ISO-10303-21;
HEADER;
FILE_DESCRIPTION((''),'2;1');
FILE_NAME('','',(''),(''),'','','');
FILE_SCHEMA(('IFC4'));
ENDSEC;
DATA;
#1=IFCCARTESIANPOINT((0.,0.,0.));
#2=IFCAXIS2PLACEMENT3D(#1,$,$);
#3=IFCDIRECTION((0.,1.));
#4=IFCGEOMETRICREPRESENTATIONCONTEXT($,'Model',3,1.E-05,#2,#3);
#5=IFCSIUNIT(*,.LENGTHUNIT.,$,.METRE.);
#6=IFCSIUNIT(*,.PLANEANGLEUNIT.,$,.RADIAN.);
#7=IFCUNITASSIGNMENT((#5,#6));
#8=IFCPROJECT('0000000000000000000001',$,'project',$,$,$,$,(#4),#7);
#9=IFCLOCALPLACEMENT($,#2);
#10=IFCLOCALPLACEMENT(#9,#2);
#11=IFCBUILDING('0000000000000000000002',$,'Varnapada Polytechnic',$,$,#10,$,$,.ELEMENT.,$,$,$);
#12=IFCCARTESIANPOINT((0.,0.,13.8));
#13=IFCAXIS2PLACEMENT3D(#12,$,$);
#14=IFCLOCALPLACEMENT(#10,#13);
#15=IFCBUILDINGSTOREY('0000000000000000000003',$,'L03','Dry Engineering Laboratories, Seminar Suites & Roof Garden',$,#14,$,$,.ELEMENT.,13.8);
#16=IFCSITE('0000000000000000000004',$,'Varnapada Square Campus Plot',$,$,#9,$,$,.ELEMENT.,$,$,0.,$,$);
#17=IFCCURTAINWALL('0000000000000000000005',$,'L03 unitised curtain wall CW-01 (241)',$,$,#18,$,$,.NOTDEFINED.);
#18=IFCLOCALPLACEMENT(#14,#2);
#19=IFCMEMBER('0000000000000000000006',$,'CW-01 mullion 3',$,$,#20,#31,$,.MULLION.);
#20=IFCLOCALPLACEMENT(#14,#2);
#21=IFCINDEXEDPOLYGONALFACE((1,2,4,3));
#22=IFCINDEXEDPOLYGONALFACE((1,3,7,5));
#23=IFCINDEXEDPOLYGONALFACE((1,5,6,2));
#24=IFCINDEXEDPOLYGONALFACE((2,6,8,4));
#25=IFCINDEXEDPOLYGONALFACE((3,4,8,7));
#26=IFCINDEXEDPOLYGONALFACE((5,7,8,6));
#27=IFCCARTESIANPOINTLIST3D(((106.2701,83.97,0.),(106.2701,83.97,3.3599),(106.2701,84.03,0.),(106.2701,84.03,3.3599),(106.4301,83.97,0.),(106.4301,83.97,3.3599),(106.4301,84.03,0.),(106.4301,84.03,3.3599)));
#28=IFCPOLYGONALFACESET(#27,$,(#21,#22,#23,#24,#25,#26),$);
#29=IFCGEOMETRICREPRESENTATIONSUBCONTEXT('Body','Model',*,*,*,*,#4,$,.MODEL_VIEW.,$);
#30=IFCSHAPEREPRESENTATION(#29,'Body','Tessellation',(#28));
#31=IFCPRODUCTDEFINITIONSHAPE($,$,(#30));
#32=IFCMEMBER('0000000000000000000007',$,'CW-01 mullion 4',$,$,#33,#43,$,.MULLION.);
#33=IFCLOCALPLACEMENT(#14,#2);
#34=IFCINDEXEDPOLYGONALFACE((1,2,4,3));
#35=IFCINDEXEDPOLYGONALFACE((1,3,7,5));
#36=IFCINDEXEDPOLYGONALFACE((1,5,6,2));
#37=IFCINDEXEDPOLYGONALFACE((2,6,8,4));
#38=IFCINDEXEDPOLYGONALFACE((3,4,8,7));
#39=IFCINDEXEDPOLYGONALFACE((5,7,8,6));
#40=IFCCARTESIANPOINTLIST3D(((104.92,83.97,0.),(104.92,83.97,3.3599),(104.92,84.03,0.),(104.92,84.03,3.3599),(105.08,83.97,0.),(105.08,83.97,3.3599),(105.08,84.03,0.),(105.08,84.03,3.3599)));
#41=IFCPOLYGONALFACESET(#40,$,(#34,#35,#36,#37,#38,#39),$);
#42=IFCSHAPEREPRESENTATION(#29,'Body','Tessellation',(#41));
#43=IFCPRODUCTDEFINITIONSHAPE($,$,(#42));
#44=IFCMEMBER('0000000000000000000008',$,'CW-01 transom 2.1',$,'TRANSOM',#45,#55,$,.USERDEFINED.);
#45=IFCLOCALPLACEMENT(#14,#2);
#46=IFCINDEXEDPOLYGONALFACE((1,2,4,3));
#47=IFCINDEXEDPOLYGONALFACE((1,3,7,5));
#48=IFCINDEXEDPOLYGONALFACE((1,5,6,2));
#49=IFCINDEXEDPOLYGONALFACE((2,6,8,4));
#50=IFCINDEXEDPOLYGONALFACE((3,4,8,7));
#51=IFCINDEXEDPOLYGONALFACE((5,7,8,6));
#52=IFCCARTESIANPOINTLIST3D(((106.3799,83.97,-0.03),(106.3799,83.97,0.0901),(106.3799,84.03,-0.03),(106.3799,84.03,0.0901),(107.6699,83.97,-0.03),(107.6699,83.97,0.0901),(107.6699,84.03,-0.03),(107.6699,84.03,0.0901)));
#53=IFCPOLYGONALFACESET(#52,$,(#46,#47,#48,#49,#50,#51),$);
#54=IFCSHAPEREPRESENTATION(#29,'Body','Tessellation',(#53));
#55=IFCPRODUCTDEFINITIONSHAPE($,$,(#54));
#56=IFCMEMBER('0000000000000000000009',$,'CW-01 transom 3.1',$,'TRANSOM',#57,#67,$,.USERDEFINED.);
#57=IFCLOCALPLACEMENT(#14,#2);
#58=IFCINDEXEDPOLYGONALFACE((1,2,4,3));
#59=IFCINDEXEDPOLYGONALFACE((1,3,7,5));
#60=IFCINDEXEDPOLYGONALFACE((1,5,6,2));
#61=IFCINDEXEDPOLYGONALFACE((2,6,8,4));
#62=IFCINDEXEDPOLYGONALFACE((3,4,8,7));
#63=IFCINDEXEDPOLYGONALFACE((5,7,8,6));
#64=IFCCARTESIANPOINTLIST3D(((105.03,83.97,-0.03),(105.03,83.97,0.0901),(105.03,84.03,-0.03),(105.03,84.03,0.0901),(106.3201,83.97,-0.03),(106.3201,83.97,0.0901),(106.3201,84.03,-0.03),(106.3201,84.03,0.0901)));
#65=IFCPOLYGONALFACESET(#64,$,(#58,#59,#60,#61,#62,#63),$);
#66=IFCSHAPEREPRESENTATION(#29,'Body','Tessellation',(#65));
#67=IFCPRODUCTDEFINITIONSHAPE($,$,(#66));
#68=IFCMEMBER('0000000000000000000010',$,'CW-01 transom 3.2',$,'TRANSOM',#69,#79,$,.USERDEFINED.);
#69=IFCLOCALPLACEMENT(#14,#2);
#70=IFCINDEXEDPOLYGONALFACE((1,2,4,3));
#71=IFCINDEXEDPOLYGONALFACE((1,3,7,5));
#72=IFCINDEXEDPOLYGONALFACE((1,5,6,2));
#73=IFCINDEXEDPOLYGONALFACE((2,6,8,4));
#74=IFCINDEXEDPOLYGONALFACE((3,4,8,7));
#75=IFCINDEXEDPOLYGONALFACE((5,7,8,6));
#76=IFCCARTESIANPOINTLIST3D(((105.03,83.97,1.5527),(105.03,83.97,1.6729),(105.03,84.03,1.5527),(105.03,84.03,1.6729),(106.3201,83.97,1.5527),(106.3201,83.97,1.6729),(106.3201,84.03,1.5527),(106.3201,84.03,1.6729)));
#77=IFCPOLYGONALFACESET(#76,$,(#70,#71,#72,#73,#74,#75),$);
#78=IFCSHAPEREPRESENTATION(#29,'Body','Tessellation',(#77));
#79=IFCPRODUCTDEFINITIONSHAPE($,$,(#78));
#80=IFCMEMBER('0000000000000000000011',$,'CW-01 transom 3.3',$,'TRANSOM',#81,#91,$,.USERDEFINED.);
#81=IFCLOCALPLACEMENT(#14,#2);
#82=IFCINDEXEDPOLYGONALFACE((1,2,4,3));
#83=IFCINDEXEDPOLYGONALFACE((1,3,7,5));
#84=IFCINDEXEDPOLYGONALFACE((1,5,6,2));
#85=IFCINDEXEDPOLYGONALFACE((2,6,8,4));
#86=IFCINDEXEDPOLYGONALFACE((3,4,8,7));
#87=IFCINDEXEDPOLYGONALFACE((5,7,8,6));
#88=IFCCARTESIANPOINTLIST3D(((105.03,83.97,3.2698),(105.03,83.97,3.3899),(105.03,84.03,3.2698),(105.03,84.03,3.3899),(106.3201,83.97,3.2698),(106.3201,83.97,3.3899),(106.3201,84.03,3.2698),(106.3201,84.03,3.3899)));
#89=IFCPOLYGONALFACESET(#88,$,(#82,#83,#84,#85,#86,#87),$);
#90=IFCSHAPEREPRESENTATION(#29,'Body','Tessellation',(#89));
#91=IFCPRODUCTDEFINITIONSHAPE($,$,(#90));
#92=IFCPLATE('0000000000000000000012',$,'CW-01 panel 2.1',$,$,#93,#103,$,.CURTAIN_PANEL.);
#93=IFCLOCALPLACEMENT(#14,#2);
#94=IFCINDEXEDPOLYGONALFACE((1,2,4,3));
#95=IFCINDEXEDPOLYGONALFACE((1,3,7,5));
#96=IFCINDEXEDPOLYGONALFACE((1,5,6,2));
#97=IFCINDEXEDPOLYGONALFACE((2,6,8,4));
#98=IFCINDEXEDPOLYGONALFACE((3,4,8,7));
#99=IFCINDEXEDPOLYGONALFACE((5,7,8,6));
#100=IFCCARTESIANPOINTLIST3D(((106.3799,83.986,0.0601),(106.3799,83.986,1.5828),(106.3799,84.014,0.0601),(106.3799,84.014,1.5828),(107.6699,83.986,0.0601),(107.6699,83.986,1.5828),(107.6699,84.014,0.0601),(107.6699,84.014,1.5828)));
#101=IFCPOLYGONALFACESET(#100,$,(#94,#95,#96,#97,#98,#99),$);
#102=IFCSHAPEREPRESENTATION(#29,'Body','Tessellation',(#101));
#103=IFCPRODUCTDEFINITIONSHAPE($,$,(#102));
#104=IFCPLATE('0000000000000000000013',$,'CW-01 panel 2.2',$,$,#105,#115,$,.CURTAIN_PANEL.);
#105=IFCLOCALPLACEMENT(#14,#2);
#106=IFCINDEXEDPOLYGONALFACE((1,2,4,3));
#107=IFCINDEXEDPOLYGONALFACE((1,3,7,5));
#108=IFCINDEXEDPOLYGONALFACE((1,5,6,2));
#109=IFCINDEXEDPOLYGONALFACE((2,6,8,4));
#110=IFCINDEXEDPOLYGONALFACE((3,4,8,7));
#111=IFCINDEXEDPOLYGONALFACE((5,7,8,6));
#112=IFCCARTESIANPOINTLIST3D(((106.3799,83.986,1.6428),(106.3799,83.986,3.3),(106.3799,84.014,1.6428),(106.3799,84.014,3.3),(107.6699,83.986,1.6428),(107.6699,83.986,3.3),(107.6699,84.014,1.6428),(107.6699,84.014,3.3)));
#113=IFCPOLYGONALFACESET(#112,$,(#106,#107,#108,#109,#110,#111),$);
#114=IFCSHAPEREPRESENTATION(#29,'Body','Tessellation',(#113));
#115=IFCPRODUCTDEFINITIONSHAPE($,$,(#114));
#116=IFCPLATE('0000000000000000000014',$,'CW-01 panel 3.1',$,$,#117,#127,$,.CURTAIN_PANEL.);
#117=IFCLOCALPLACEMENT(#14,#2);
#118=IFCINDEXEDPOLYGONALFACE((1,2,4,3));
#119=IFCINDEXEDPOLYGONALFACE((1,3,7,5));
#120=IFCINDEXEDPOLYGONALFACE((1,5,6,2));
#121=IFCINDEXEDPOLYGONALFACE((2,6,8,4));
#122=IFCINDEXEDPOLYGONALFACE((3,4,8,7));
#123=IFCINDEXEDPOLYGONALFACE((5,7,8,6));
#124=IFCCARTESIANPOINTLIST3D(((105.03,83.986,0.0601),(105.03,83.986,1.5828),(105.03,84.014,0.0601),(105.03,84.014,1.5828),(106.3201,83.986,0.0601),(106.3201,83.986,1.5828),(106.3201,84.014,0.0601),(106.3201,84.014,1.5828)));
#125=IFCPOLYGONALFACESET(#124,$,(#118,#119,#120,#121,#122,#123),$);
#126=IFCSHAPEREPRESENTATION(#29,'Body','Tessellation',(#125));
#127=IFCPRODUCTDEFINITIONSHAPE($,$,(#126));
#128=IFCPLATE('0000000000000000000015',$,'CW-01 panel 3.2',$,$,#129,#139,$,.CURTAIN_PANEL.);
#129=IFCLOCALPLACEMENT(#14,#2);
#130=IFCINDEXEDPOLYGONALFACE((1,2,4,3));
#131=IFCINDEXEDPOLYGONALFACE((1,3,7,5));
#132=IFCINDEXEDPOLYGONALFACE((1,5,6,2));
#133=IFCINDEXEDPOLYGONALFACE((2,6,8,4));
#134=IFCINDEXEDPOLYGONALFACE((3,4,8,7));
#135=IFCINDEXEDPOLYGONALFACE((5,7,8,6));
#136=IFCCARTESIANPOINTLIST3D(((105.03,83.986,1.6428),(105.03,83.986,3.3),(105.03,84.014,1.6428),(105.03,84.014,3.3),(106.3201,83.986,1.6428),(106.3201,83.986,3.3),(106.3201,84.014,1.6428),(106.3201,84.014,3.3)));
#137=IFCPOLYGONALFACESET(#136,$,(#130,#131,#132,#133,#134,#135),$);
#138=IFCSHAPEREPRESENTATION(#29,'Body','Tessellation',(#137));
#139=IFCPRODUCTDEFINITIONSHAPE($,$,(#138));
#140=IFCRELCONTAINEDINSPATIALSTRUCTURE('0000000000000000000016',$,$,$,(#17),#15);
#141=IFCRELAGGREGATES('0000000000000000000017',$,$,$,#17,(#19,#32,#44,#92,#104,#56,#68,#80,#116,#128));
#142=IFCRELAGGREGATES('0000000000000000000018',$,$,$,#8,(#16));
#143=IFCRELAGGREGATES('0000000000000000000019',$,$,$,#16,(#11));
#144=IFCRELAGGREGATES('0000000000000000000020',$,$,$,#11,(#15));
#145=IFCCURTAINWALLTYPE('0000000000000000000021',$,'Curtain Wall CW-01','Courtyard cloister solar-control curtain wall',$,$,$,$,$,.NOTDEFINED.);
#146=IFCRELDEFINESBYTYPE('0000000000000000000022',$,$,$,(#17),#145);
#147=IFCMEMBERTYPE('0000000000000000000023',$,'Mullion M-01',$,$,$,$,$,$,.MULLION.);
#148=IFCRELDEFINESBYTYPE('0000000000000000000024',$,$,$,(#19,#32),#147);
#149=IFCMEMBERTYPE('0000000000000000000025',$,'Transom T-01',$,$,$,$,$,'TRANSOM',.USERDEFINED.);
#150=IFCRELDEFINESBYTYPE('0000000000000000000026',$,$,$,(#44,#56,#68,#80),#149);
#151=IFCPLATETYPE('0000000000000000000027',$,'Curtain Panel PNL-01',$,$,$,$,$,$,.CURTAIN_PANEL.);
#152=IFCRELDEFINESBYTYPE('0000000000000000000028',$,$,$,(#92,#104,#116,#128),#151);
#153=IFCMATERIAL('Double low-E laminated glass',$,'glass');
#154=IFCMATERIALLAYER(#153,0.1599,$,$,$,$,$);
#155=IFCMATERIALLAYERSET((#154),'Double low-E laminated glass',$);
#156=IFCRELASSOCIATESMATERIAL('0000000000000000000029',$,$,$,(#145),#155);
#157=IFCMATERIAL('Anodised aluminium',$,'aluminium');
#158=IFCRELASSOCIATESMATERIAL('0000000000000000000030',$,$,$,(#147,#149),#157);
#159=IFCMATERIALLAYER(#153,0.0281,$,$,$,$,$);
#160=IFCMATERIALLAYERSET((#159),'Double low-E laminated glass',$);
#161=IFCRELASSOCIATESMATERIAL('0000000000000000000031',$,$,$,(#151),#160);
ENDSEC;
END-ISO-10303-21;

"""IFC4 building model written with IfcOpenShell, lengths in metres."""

from ifc_helpers import new_model, si_unit, direction, frame, origin, origin_2d, place, context, subcontext, project, spatial, rectangle, extrude, material, layer, layer_set, material_profile, profile_set, type_object, element, aggregate, save


model = new_model("IFC4")

# Units and contexts
model_context = context("Model", 3, precision=1e-05, world=origin(), true_north=direction((0.0, 1.0)))
body_context = subcontext(model_context, "Body", "Model", "MODEL_VIEW")
ifc_project = project(units=[si_unit("LENGTHUNIT", "METRE"), si_unit("PLANEANGLEUNIT", "RADIAN")], contexts=[model_context])

# Site, building, storey
site_placement = place(None, origin())
site = spatial("IfcSite", under=ifc_project, at=site_placement, Name="Varnapada Square Campus Plot", CompositionType="ELEMENT", RefElevation=0.0)
building_placement = place(site_placement, origin())
building = spatial("IfcBuilding", under=site, at=building_placement, Name="Varnapada Polytechnic", CompositionType="ELEMENT")
storey_placement = place(building_placement, frame((0.0, 0.0, 13.8)))
storey = spatial("IfcBuildingStorey", under=building, at=storey_placement, Name="L03", Description="Dry Engineering Laboratories, Seminar Suites & Roof Garden", CompositionType="ELEMENT", Elevation=13.8)

# Curtain wall, members, plates
ifc_material_1 = material(Name="Double low-E laminated glass", Category="glass")
ifc_layer_1 = layer(ifc_material_1, 0.1599)
ifc_layer_set_1 = layer_set([ifc_layer_1], Name="Double low-E laminated glass")
curtain_wall_type = type_object("IfcCurtainWallType", Name="Curtain Wall CW-01", Description="Courtyard cloister solar-control curtain wall", PredefinedType="NOTDEFINED", material=ifc_layer_set_1)
curtain_wall_placement = place(storey_placement, origin())
curtain_wall = element("IfcCurtainWall", 1, at=curtain_wall_placement, inside=storey, type_object=curtain_wall_type, Name="L03 unitised curtain wall CW-01 (241)", PredefinedType="NOTDEFINED")
ifc_material_2 = material(Name="Anodised aluminium", Category="aluminium")
ifc_material_profile_1 = material_profile(ifc_material_2, rectangle(XDim=0.0601, YDim=0.1599, at=origin_2d()), Name="ALU M60x160")
ifc_profile_set_1 = profile_set([ifc_material_profile_1], Name="Anodised aluminium")
member_type_1 = type_object("IfcMemberType", Name="Mullion M-01", PredefinedType="MULLION", material=ifc_profile_set_1)
member_1_placement = place(storey_placement, frame((106.3501, 84.0, 0.0), z_axis=(0.0, 0.0, 1.0), x_axis=(0.0, -1.0, 0.0)))
member_1 = element("IfcMember", 2, at=member_1_placement, type_object=member_type_1, Name="CW-01 mullion 3", PredefinedType="MULLION", context=body_context, shape_type="SweptSolid", body=[
    extrude(rectangle(XDim=0.0601, YDim=0.1599, at=origin_2d()), origin(), (0.0, 0.0, 1.0), 3.3599),
])
member_2_placement = place(storey_placement, frame((105.0, 84.0, 0.0), z_axis=(0.0, 0.0, 1.0), x_axis=(0.0, -1.0, 0.0)))
member_2 = element("IfcMember", 3, at=member_2_placement, type_object=member_type_1, Name="CW-01 mullion 4", PredefinedType="MULLION", context=body_context, shape_type="SweptSolid", body=[
    extrude(rectangle(XDim=0.0601, YDim=0.1599, at=origin_2d()), origin(), (0.0, 0.0, 1.0), 3.3599),
])
ifc_material_profile_2 = material_profile(ifc_material_2, rectangle(XDim=0.0601, YDim=0.1201, at=origin_2d()), Name="ALU T60x120")
ifc_profile_set_2 = profile_set([ifc_material_profile_2], Name="Anodised aluminium")
member_type_2 = type_object("IfcMemberType", Name="Transom T-01", ElementType="TRANSOM", PredefinedType="USERDEFINED", material=ifc_profile_set_2)
member_3_placement = place(storey_placement, frame((107.6699, 84.0, 0.03), z_axis=(-1.0, 0.0, 0.0), x_axis=(0.0, -1.0, 0.0)))
member_3 = element("IfcMember", 4, at=member_3_placement, type_object=member_type_2, Name="CW-01 transom 2.1", ObjectType="TRANSOM", PredefinedType="USERDEFINED", context=body_context, shape_type="SweptSolid", body=[
    extrude(rectangle(XDim=0.0601, YDim=0.1201, at=origin_2d()), origin(), (0.0, 0.0, 1.0), 1.29),
])
member_4_placement = place(storey_placement, frame((106.3201, 84.0, 0.03), z_axis=(-1.0, 0.0, 0.0), x_axis=(0.0, -1.0, 0.0)))
member_4 = element("IfcMember", 5, at=member_4_placement, type_object=member_type_2, Name="CW-01 transom 3.1", ObjectType="TRANSOM", PredefinedType="USERDEFINED", context=body_context, shape_type="SweptSolid", body=[
    extrude(rectangle(XDim=0.0601, YDim=0.1201, at=origin_2d()), origin(), (0.0, 0.0, 1.0), 1.29),
])
member_5_placement = place(storey_placement, frame((106.3201, 84.0, 1.6128), z_axis=(-1.0, 0.0, 0.0), x_axis=(0.0, -1.0, 0.0)))
member_5 = element("IfcMember", 6, at=member_5_placement, type_object=member_type_2, Name="CW-01 transom 3.2", ObjectType="TRANSOM", PredefinedType="USERDEFINED", context=body_context, shape_type="SweptSolid", body=[
    extrude(rectangle(XDim=0.0601, YDim=0.1201, at=origin_2d()), origin(), (0.0, 0.0, 1.0), 1.29),
])
member_6_placement = place(storey_placement, frame((106.3201, 84.0, 3.3298), z_axis=(-1.0, 0.0, 0.0), x_axis=(0.0, -1.0, 0.0)))
member_6 = element("IfcMember", 7, at=member_6_placement, type_object=member_type_2, Name="CW-01 transom 3.3", ObjectType="TRANSOM", PredefinedType="USERDEFINED", context=body_context, shape_type="SweptSolid", body=[
    extrude(rectangle(XDim=0.0601, YDim=0.1201, at=origin_2d()), origin(), (0.0, 0.0, 1.0), 1.29),
])
ifc_layer_2 = layer(ifc_material_1, 0.0281)
ifc_layer_set_2 = layer_set([ifc_layer_2], Name="Double low-E laminated glass")
plate_type = type_object("IfcPlateType", Name="Curtain Panel PNL-01", PredefinedType="CURTAIN_PANEL", material=ifc_layer_set_2)
plate_1_placement = place(storey_placement, frame((107.0249, 84.0, 0.0601), z_axis=(0.0, 0.0, 1.0), x_axis=(-1.0, 0.0, 0.0)))
plate_1 = element("IfcPlate", 8, at=plate_1_placement, type_object=plate_type, Name="CW-01 panel 2.1", PredefinedType="CURTAIN_PANEL", context=body_context, shape_type="SweptSolid", body=[
    extrude(rectangle(XDim=1.29, YDim=0.0281, at=origin_2d()), origin(), (0.0, 0.0, 1.0), 1.5227),
])
plate_2_placement = place(storey_placement, frame((107.0249, 84.0, 1.6428), z_axis=(0.0, 0.0, 1.0), x_axis=(-1.0, 0.0, 0.0)))
plate_2 = element("IfcPlate", 9, at=plate_2_placement, type_object=plate_type, Name="CW-01 panel 2.2", PredefinedType="CURTAIN_PANEL", context=body_context, shape_type="SweptSolid", body=[
    extrude(rectangle(XDim=1.29, YDim=0.0281, at=origin_2d()), origin(), (0.0, 0.0, 1.0), 1.6572),
])
plate_3_placement = place(storey_placement, frame((105.675, 84.0, 0.0601), z_axis=(0.0, 0.0, 1.0), x_axis=(-1.0, 0.0, 0.0)))
plate_3 = element("IfcPlate", 10, at=plate_3_placement, type_object=plate_type, Name="CW-01 panel 3.1", PredefinedType="CURTAIN_PANEL", context=body_context, shape_type="SweptSolid", body=[
    extrude(rectangle(XDim=1.29, YDim=0.0281, at=origin_2d()), origin(), (0.0, 0.0, 1.0), 1.5227),
])
plate_4_placement = place(storey_placement, frame((105.675, 84.0, 1.6428), z_axis=(0.0, 0.0, 1.0), x_axis=(-1.0, 0.0, 0.0)))
plate_4 = element("IfcPlate", 11, at=plate_4_placement, type_object=plate_type, Name="CW-01 panel 3.2", PredefinedType="CURTAIN_PANEL", context=body_context, shape_type="SweptSolid", body=[
    extrude(rectangle(XDim=1.29, YDim=0.0281, at=origin_2d()), origin(), (0.0, 0.0, 1.0), 1.6572),
])
aggregate(curtain_wall, [member_1, member_2, member_3, plate_1, plate_2, member_4, member_5, member_6, plate_3, plate_4])

save(model, "model.ifc")
